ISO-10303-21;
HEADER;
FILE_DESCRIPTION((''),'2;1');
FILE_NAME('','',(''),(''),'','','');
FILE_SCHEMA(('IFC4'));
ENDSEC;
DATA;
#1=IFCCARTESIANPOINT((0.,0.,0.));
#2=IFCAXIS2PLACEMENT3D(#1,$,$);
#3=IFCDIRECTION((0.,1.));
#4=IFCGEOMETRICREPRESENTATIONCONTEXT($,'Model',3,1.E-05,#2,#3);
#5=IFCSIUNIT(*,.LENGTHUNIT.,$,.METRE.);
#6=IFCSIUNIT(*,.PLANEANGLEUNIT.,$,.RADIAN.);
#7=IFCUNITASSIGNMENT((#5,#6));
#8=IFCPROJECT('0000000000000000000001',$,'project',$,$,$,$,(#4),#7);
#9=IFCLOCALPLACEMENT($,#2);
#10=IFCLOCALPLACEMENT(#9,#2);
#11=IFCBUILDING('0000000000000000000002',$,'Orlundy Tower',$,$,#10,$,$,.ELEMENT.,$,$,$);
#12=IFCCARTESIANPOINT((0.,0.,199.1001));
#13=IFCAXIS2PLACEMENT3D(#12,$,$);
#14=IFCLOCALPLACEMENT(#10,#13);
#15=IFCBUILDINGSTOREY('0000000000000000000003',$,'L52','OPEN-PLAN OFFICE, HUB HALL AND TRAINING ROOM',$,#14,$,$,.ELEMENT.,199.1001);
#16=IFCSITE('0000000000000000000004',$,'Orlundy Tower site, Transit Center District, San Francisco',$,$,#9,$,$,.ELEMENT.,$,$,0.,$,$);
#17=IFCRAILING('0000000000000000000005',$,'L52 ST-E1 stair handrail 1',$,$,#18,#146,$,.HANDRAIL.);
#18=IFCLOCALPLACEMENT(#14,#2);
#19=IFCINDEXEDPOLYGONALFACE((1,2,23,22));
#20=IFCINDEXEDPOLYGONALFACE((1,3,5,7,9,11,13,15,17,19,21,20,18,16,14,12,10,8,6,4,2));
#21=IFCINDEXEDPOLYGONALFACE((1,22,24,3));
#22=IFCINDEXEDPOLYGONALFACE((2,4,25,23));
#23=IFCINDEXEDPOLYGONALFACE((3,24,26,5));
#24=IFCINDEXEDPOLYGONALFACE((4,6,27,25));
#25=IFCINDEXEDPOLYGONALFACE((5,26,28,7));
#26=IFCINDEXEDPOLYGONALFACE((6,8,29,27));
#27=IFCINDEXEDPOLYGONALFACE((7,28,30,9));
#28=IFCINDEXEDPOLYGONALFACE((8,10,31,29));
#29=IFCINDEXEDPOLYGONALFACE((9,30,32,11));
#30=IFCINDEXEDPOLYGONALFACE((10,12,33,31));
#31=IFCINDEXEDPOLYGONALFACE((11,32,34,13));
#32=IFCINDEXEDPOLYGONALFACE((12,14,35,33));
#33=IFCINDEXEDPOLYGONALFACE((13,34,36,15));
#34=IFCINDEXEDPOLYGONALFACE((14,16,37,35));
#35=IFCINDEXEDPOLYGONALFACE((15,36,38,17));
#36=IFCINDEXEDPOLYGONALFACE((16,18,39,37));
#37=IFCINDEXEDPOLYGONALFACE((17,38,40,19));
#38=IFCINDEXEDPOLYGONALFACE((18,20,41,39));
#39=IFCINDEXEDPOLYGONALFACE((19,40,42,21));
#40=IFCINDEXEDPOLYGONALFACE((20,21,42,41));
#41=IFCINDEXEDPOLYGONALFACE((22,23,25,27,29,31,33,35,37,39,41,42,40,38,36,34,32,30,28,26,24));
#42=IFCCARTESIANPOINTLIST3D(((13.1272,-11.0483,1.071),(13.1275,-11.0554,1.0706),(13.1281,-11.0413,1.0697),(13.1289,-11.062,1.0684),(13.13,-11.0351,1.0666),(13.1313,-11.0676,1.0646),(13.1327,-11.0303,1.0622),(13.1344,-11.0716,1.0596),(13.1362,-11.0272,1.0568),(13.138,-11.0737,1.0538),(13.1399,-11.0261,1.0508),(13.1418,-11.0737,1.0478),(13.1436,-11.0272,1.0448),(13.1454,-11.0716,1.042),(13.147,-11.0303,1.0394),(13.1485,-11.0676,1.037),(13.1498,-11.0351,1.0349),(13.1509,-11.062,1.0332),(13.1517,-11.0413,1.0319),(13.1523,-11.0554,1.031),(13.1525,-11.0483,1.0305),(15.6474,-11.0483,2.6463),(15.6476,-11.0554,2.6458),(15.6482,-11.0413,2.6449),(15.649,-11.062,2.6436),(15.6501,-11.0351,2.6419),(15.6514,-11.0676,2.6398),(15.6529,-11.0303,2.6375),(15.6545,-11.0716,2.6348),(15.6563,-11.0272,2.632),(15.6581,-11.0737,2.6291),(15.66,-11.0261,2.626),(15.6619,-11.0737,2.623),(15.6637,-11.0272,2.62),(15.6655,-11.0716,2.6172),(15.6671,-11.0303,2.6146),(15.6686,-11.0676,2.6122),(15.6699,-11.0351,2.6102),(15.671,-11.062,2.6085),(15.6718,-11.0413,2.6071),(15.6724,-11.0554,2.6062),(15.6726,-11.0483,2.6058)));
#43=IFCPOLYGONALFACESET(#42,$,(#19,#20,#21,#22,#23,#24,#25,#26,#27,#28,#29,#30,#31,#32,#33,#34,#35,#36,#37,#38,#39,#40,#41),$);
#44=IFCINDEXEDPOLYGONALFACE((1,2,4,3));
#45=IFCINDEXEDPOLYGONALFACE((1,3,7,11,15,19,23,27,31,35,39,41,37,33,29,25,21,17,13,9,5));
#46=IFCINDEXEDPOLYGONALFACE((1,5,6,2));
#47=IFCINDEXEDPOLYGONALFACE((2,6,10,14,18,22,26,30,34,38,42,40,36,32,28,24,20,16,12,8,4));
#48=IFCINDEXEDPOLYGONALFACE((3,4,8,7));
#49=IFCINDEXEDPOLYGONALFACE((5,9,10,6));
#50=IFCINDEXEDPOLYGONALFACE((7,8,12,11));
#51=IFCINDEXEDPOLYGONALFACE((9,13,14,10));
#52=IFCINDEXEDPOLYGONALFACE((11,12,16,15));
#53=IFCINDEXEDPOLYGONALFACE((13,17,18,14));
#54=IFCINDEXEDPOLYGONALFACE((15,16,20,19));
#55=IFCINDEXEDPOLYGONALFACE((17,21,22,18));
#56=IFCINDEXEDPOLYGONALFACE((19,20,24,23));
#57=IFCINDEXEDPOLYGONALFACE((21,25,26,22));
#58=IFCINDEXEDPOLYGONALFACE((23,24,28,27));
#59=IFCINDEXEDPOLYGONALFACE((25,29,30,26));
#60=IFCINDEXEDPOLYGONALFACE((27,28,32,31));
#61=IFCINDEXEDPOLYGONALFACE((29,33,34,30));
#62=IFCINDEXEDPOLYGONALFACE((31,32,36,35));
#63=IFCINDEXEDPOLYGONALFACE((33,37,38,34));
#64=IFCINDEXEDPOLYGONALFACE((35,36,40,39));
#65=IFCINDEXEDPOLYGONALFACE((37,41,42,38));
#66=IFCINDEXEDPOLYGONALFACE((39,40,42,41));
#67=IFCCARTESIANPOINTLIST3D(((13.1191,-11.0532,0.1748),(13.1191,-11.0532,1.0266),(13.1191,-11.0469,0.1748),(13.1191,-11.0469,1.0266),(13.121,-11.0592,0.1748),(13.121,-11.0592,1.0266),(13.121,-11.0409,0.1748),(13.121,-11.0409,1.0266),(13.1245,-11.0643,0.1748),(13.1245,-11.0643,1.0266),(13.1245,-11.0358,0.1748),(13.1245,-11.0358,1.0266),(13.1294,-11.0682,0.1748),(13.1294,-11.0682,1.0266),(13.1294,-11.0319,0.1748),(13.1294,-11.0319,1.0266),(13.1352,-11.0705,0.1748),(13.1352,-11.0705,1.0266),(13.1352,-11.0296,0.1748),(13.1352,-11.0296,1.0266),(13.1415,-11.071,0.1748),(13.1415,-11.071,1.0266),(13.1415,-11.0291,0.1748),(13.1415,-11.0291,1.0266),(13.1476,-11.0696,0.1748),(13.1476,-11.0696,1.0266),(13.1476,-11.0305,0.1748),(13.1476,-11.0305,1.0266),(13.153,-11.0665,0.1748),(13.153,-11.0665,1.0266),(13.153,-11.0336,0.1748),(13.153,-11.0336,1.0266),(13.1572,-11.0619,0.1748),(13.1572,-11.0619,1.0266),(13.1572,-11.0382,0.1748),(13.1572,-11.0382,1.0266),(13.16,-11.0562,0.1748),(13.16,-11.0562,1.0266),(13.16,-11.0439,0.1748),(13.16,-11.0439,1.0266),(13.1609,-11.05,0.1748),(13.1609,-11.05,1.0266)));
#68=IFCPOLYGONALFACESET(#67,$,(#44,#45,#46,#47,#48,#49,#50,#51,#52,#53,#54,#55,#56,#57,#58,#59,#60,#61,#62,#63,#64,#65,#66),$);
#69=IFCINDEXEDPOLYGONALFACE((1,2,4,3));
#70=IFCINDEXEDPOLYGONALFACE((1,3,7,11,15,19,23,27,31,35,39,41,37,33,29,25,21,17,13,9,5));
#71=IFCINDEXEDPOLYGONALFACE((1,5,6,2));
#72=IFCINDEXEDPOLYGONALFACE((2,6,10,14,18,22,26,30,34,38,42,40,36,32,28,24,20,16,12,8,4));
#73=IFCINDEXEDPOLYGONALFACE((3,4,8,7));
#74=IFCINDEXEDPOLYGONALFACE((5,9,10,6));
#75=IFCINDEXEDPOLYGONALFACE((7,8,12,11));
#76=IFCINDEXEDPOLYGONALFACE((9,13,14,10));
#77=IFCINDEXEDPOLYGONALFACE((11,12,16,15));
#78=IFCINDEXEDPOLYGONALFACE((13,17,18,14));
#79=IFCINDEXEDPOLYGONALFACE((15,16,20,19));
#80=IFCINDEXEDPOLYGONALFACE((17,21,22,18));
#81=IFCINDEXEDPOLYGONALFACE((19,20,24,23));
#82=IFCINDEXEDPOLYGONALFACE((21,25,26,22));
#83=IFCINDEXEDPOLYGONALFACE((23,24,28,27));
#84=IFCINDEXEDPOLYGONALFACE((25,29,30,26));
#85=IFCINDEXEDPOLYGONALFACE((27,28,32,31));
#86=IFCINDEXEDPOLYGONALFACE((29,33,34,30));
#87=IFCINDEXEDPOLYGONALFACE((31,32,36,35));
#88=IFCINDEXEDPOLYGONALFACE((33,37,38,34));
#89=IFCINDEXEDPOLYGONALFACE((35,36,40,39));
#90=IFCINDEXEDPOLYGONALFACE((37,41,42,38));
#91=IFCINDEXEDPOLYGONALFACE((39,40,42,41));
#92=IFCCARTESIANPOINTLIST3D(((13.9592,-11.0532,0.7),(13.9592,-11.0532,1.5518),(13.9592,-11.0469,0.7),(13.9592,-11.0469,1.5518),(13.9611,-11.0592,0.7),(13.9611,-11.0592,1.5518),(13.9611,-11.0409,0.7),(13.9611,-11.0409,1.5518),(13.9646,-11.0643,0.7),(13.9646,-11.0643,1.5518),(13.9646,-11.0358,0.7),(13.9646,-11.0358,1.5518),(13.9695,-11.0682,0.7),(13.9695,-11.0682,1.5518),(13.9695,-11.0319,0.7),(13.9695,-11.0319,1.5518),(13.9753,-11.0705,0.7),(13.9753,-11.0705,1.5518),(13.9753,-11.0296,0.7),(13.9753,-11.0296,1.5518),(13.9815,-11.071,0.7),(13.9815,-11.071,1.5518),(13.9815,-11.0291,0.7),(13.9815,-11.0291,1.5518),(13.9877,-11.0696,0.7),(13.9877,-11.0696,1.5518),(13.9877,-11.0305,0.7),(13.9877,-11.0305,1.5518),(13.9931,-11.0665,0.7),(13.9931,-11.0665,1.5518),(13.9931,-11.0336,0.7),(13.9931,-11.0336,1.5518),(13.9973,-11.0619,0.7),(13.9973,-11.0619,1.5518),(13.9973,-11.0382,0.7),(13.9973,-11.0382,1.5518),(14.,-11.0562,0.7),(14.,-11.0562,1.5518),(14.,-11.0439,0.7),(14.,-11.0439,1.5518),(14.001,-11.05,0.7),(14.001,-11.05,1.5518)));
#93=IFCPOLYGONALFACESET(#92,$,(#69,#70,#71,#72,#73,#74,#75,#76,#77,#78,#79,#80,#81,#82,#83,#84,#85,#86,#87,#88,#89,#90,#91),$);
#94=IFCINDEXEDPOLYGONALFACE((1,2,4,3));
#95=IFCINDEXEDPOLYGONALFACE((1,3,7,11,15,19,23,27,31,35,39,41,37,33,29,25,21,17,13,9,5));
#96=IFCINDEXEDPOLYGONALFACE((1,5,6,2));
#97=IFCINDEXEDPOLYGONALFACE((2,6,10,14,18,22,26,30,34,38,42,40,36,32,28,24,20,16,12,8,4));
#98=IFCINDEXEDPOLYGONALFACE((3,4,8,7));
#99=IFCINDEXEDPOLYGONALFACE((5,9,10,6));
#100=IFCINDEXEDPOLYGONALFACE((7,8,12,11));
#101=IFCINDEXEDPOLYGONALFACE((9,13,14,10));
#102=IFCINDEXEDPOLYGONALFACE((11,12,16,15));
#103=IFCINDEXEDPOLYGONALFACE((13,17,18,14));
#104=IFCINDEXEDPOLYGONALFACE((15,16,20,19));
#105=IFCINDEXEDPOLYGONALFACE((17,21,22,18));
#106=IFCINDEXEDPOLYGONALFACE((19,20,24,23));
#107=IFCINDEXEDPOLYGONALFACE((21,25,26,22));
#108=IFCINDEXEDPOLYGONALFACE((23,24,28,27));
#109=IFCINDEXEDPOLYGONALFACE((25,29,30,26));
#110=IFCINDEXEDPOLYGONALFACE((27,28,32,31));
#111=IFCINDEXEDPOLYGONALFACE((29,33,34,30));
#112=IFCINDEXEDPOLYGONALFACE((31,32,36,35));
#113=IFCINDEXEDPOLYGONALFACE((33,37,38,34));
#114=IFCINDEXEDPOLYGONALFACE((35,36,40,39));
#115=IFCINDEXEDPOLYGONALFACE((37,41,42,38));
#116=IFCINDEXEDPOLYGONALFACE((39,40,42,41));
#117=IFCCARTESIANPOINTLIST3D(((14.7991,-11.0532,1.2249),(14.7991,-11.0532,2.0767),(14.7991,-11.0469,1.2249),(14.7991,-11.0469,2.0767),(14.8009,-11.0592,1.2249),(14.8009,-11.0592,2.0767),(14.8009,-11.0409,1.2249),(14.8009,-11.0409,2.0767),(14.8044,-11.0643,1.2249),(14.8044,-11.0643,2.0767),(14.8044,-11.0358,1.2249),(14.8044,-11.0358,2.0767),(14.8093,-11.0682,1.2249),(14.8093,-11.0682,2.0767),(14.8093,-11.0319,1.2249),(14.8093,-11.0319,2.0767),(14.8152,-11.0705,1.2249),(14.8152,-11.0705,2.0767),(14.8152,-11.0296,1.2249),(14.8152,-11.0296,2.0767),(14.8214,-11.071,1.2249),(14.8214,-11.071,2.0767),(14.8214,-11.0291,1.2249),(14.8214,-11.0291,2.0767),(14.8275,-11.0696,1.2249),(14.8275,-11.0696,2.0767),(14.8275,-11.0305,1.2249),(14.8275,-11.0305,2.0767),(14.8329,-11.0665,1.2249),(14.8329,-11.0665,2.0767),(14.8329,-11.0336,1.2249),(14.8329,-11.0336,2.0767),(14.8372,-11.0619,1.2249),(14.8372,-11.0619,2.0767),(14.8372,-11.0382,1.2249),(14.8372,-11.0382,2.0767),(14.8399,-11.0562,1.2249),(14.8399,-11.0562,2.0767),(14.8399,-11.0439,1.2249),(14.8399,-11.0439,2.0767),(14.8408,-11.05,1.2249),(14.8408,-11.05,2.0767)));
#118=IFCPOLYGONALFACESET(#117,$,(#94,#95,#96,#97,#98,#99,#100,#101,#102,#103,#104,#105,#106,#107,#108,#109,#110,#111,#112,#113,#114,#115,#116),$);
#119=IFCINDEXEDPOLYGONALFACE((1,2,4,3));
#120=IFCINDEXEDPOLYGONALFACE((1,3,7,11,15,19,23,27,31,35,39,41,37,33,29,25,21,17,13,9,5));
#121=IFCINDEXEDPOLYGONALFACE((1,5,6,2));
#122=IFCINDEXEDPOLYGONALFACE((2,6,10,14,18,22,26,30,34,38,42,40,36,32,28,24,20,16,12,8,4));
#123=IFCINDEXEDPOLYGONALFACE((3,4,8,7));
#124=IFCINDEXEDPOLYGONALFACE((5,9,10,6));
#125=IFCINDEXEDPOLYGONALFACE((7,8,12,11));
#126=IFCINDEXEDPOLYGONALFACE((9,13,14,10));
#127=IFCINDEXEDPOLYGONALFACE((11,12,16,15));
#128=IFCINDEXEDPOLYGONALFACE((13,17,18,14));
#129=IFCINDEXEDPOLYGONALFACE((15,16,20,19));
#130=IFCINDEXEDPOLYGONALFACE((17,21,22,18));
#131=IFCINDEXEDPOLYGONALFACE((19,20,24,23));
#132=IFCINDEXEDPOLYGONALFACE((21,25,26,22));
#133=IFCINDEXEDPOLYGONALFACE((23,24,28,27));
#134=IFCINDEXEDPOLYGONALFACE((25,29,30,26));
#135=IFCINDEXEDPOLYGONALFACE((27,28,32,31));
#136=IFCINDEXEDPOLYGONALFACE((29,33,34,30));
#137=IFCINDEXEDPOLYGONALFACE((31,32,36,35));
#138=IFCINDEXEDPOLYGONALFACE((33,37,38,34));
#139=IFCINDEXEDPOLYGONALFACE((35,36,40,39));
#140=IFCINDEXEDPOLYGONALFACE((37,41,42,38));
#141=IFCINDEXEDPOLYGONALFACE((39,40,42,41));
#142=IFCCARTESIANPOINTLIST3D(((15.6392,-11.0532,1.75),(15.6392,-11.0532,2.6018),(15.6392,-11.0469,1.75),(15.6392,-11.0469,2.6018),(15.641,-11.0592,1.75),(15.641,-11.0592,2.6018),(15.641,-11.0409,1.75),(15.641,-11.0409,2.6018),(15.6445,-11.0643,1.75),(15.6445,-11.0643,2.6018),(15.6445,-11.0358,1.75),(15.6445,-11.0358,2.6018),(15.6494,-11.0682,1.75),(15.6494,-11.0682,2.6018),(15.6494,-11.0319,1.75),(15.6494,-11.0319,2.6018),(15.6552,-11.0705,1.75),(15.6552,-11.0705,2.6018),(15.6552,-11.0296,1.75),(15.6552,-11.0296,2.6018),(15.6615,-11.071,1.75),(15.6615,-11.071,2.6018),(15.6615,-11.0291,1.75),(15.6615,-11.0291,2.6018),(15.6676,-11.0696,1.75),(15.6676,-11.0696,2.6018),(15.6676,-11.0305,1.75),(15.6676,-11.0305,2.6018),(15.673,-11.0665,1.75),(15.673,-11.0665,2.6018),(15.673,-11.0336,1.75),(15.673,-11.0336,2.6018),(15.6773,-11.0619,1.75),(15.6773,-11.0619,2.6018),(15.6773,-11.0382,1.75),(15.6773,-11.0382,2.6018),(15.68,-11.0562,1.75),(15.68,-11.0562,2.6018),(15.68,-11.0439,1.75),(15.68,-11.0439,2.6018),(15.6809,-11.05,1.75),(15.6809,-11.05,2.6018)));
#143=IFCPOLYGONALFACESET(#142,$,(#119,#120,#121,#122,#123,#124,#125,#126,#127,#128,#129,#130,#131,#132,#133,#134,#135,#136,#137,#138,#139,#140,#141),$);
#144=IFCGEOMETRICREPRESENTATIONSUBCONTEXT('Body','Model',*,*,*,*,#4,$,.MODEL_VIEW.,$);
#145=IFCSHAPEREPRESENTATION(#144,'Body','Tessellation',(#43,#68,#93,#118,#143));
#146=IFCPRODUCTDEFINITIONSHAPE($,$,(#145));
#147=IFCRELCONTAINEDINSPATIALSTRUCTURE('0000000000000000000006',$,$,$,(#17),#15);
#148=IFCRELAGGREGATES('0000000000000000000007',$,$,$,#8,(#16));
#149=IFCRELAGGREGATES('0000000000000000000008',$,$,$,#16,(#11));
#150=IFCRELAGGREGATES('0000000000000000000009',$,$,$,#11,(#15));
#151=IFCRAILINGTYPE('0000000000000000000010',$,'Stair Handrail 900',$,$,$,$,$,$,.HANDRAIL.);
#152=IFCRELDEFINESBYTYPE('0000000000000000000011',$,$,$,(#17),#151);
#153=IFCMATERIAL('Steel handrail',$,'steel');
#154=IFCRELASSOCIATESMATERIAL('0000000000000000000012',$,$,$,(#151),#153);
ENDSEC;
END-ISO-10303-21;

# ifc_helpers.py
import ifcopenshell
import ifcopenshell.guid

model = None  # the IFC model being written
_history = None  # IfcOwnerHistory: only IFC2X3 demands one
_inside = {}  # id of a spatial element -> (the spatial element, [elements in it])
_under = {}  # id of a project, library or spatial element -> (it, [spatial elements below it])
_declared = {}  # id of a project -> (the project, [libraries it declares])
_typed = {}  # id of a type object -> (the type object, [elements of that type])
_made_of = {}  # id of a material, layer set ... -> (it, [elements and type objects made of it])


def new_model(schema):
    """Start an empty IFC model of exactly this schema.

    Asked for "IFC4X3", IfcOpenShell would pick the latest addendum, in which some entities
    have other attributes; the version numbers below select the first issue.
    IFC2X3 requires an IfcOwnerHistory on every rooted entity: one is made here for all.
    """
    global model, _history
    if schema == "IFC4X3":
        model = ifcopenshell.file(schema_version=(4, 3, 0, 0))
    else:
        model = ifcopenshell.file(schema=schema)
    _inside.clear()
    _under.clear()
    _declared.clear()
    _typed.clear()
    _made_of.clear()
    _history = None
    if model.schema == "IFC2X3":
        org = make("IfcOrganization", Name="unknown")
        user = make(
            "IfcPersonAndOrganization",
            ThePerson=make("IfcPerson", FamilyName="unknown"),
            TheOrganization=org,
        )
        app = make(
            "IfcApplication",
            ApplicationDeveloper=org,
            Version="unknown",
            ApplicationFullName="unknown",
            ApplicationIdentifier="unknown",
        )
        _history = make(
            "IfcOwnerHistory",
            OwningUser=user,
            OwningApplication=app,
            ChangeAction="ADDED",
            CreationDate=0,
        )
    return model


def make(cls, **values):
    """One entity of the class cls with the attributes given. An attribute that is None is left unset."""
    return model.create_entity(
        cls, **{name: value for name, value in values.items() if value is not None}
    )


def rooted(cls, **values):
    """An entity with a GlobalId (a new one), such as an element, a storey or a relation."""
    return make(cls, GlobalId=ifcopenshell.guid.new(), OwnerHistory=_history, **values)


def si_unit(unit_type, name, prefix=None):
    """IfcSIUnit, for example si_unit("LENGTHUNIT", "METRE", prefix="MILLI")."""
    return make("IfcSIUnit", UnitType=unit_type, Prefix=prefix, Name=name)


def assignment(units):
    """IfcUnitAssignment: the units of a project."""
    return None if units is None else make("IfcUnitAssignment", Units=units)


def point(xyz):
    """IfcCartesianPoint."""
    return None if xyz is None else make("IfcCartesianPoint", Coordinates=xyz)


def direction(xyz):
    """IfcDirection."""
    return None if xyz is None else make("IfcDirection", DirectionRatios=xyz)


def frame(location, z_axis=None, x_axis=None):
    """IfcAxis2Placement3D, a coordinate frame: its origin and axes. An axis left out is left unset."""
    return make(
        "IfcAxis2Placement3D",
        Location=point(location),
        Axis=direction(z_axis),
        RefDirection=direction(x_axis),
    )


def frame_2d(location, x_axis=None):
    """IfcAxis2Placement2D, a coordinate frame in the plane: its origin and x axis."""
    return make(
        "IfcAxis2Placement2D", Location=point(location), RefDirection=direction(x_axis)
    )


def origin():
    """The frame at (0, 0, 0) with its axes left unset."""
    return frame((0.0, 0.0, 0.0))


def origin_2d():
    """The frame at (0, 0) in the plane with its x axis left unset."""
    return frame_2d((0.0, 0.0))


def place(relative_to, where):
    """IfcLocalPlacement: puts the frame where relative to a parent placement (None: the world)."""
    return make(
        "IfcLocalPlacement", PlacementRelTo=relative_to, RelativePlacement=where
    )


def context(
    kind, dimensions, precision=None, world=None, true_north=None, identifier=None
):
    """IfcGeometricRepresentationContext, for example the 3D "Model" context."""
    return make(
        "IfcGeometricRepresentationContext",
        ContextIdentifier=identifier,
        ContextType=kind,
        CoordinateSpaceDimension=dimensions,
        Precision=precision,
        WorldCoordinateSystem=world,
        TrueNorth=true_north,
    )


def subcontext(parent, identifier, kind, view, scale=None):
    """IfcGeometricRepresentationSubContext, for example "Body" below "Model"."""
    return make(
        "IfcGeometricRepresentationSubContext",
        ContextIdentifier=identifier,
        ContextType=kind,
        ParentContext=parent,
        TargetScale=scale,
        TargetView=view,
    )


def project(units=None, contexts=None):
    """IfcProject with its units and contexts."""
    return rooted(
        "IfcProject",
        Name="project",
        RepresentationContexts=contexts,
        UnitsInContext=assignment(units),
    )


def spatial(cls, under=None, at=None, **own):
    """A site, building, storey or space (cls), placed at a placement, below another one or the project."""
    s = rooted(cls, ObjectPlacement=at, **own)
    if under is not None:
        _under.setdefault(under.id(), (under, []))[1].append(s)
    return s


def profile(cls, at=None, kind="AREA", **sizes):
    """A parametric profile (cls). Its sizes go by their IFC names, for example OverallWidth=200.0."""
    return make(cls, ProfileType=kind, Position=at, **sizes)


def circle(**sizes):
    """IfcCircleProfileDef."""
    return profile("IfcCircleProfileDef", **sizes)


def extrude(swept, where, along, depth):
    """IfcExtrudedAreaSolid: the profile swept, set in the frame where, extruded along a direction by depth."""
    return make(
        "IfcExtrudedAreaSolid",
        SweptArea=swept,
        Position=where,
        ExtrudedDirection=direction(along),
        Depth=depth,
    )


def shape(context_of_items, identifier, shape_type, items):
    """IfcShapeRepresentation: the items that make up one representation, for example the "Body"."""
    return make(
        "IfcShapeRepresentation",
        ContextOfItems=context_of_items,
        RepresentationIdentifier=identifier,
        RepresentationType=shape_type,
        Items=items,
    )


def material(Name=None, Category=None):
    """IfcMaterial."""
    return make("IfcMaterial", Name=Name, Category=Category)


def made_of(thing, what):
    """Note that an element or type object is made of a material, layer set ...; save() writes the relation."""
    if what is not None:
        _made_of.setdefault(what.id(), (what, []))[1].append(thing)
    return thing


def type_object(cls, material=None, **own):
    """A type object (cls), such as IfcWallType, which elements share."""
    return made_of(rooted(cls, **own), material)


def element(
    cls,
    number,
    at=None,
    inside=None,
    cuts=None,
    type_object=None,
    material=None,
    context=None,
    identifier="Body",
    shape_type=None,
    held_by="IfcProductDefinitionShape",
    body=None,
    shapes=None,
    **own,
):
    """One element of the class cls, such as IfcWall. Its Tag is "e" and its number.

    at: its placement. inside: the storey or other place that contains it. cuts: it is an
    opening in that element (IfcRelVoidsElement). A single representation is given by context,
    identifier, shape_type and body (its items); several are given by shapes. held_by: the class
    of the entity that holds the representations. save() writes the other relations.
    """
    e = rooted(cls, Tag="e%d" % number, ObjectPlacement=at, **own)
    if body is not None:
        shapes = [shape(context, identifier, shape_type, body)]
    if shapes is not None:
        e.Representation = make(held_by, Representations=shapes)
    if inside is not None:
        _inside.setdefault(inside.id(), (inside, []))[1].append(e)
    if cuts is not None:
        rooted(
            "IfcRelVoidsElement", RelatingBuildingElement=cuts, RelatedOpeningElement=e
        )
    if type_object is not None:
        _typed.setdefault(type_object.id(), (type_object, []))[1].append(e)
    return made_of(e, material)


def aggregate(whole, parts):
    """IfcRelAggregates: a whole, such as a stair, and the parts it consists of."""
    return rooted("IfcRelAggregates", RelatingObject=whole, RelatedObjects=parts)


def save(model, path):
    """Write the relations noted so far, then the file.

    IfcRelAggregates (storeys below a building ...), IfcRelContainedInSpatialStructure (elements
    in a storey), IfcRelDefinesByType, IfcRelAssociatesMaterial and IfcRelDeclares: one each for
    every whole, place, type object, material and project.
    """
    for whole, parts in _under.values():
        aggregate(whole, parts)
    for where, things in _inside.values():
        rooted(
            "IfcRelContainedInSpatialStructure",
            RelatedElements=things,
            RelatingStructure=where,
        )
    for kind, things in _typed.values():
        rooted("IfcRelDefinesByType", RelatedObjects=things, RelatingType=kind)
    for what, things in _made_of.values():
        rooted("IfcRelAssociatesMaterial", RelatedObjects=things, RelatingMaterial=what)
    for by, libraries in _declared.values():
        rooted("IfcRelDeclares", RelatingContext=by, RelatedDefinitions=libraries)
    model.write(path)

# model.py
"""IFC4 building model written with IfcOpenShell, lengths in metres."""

from ifc_helpers import new_model, si_unit, direction, frame, origin, origin_2d, place, context, subcontext, project, spatial, circle, extrude, material, type_object, element, save


model = new_model("IFC4")

# Units and contexts
model_context = context("Model", 3, precision=1e-05, world=origin(), true_north=direction((0.0, 1.0)))
body_context = subcontext(model_context, "Body", "Model", "MODEL_VIEW")
ifc_project = project(units=[si_unit("LENGTHUNIT", "METRE"), si_unit("PLANEANGLEUNIT", "RADIAN")], contexts=[model_context])

# Site, building, storey
site_placement = place(None, origin())
site = spatial("IfcSite", under=ifc_project, at=site_placement, Name="Orlundy Tower site, Transit Center District, San Francisco", CompositionType="ELEMENT", RefElevation=0.0)
building_placement = place(site_placement, origin())
building = spatial("IfcBuilding", under=site, at=building_placement, Name="Orlundy Tower", CompositionType="ELEMENT")
storey_placement = place(building_placement, frame((0.0, 0.0, 199.1001)))
storey = spatial("IfcBuildingStorey", under=building, at=storey_placement, Name="L52", Description="OPEN-PLAN OFFICE, HUB HALL AND TRAINING ROOM", CompositionType="ELEMENT", Elevation=199.1001)

# Railing
ifc_material_1 = material(Name="Steel handrail", Category="steel")
railing_type_1 = type_object("IfcRailingType", Name="Stair Handrail 900", PredefinedType="HANDRAIL", material=ifc_material_1)
railing_1_placement = place(storey_placement, frame((13.1399, -11.05, 0.1748)))
element("IfcRailing", 1, at=railing_1_placement, inside=storey, type_object=railing_type_1, Name="L52 ST-E1 stair handrail 1", PredefinedType="HANDRAIL", context=body_context, shape_type="SweptSolid", body=[
    extrude(circle(Radius=0.0239, at=origin_2d()), frame((0.0, 0.0, 0.876), z_axis=(0.847971, 0.0, 0.530043), x_axis=(0.0, 1.0, 0.0)), (0.0, 0.0, 1.0), 2.9719),
    extrude(circle(Radius=0.021, at=origin_2d()), origin(), (0.0, 0.0, 1.0), 0.8518),
    extrude(circle(Radius=0.021, at=origin_2d()), frame((0.8401, 0.0, 0.5251)), (0.0, 0.0, 1.0), 0.8518),
    extrude(circle(Radius=0.021, at=origin_2d()), frame((1.6799, 0.0, 1.05)), (0.0, 0.0, 1.0), 0.8518),
    extrude(circle(Radius=0.021, at=origin_2d()), frame((2.52, 0.0, 1.5752)), (0.0, 0.0, 1.0), 0.8518),
])

save(model, "model.ifc")
